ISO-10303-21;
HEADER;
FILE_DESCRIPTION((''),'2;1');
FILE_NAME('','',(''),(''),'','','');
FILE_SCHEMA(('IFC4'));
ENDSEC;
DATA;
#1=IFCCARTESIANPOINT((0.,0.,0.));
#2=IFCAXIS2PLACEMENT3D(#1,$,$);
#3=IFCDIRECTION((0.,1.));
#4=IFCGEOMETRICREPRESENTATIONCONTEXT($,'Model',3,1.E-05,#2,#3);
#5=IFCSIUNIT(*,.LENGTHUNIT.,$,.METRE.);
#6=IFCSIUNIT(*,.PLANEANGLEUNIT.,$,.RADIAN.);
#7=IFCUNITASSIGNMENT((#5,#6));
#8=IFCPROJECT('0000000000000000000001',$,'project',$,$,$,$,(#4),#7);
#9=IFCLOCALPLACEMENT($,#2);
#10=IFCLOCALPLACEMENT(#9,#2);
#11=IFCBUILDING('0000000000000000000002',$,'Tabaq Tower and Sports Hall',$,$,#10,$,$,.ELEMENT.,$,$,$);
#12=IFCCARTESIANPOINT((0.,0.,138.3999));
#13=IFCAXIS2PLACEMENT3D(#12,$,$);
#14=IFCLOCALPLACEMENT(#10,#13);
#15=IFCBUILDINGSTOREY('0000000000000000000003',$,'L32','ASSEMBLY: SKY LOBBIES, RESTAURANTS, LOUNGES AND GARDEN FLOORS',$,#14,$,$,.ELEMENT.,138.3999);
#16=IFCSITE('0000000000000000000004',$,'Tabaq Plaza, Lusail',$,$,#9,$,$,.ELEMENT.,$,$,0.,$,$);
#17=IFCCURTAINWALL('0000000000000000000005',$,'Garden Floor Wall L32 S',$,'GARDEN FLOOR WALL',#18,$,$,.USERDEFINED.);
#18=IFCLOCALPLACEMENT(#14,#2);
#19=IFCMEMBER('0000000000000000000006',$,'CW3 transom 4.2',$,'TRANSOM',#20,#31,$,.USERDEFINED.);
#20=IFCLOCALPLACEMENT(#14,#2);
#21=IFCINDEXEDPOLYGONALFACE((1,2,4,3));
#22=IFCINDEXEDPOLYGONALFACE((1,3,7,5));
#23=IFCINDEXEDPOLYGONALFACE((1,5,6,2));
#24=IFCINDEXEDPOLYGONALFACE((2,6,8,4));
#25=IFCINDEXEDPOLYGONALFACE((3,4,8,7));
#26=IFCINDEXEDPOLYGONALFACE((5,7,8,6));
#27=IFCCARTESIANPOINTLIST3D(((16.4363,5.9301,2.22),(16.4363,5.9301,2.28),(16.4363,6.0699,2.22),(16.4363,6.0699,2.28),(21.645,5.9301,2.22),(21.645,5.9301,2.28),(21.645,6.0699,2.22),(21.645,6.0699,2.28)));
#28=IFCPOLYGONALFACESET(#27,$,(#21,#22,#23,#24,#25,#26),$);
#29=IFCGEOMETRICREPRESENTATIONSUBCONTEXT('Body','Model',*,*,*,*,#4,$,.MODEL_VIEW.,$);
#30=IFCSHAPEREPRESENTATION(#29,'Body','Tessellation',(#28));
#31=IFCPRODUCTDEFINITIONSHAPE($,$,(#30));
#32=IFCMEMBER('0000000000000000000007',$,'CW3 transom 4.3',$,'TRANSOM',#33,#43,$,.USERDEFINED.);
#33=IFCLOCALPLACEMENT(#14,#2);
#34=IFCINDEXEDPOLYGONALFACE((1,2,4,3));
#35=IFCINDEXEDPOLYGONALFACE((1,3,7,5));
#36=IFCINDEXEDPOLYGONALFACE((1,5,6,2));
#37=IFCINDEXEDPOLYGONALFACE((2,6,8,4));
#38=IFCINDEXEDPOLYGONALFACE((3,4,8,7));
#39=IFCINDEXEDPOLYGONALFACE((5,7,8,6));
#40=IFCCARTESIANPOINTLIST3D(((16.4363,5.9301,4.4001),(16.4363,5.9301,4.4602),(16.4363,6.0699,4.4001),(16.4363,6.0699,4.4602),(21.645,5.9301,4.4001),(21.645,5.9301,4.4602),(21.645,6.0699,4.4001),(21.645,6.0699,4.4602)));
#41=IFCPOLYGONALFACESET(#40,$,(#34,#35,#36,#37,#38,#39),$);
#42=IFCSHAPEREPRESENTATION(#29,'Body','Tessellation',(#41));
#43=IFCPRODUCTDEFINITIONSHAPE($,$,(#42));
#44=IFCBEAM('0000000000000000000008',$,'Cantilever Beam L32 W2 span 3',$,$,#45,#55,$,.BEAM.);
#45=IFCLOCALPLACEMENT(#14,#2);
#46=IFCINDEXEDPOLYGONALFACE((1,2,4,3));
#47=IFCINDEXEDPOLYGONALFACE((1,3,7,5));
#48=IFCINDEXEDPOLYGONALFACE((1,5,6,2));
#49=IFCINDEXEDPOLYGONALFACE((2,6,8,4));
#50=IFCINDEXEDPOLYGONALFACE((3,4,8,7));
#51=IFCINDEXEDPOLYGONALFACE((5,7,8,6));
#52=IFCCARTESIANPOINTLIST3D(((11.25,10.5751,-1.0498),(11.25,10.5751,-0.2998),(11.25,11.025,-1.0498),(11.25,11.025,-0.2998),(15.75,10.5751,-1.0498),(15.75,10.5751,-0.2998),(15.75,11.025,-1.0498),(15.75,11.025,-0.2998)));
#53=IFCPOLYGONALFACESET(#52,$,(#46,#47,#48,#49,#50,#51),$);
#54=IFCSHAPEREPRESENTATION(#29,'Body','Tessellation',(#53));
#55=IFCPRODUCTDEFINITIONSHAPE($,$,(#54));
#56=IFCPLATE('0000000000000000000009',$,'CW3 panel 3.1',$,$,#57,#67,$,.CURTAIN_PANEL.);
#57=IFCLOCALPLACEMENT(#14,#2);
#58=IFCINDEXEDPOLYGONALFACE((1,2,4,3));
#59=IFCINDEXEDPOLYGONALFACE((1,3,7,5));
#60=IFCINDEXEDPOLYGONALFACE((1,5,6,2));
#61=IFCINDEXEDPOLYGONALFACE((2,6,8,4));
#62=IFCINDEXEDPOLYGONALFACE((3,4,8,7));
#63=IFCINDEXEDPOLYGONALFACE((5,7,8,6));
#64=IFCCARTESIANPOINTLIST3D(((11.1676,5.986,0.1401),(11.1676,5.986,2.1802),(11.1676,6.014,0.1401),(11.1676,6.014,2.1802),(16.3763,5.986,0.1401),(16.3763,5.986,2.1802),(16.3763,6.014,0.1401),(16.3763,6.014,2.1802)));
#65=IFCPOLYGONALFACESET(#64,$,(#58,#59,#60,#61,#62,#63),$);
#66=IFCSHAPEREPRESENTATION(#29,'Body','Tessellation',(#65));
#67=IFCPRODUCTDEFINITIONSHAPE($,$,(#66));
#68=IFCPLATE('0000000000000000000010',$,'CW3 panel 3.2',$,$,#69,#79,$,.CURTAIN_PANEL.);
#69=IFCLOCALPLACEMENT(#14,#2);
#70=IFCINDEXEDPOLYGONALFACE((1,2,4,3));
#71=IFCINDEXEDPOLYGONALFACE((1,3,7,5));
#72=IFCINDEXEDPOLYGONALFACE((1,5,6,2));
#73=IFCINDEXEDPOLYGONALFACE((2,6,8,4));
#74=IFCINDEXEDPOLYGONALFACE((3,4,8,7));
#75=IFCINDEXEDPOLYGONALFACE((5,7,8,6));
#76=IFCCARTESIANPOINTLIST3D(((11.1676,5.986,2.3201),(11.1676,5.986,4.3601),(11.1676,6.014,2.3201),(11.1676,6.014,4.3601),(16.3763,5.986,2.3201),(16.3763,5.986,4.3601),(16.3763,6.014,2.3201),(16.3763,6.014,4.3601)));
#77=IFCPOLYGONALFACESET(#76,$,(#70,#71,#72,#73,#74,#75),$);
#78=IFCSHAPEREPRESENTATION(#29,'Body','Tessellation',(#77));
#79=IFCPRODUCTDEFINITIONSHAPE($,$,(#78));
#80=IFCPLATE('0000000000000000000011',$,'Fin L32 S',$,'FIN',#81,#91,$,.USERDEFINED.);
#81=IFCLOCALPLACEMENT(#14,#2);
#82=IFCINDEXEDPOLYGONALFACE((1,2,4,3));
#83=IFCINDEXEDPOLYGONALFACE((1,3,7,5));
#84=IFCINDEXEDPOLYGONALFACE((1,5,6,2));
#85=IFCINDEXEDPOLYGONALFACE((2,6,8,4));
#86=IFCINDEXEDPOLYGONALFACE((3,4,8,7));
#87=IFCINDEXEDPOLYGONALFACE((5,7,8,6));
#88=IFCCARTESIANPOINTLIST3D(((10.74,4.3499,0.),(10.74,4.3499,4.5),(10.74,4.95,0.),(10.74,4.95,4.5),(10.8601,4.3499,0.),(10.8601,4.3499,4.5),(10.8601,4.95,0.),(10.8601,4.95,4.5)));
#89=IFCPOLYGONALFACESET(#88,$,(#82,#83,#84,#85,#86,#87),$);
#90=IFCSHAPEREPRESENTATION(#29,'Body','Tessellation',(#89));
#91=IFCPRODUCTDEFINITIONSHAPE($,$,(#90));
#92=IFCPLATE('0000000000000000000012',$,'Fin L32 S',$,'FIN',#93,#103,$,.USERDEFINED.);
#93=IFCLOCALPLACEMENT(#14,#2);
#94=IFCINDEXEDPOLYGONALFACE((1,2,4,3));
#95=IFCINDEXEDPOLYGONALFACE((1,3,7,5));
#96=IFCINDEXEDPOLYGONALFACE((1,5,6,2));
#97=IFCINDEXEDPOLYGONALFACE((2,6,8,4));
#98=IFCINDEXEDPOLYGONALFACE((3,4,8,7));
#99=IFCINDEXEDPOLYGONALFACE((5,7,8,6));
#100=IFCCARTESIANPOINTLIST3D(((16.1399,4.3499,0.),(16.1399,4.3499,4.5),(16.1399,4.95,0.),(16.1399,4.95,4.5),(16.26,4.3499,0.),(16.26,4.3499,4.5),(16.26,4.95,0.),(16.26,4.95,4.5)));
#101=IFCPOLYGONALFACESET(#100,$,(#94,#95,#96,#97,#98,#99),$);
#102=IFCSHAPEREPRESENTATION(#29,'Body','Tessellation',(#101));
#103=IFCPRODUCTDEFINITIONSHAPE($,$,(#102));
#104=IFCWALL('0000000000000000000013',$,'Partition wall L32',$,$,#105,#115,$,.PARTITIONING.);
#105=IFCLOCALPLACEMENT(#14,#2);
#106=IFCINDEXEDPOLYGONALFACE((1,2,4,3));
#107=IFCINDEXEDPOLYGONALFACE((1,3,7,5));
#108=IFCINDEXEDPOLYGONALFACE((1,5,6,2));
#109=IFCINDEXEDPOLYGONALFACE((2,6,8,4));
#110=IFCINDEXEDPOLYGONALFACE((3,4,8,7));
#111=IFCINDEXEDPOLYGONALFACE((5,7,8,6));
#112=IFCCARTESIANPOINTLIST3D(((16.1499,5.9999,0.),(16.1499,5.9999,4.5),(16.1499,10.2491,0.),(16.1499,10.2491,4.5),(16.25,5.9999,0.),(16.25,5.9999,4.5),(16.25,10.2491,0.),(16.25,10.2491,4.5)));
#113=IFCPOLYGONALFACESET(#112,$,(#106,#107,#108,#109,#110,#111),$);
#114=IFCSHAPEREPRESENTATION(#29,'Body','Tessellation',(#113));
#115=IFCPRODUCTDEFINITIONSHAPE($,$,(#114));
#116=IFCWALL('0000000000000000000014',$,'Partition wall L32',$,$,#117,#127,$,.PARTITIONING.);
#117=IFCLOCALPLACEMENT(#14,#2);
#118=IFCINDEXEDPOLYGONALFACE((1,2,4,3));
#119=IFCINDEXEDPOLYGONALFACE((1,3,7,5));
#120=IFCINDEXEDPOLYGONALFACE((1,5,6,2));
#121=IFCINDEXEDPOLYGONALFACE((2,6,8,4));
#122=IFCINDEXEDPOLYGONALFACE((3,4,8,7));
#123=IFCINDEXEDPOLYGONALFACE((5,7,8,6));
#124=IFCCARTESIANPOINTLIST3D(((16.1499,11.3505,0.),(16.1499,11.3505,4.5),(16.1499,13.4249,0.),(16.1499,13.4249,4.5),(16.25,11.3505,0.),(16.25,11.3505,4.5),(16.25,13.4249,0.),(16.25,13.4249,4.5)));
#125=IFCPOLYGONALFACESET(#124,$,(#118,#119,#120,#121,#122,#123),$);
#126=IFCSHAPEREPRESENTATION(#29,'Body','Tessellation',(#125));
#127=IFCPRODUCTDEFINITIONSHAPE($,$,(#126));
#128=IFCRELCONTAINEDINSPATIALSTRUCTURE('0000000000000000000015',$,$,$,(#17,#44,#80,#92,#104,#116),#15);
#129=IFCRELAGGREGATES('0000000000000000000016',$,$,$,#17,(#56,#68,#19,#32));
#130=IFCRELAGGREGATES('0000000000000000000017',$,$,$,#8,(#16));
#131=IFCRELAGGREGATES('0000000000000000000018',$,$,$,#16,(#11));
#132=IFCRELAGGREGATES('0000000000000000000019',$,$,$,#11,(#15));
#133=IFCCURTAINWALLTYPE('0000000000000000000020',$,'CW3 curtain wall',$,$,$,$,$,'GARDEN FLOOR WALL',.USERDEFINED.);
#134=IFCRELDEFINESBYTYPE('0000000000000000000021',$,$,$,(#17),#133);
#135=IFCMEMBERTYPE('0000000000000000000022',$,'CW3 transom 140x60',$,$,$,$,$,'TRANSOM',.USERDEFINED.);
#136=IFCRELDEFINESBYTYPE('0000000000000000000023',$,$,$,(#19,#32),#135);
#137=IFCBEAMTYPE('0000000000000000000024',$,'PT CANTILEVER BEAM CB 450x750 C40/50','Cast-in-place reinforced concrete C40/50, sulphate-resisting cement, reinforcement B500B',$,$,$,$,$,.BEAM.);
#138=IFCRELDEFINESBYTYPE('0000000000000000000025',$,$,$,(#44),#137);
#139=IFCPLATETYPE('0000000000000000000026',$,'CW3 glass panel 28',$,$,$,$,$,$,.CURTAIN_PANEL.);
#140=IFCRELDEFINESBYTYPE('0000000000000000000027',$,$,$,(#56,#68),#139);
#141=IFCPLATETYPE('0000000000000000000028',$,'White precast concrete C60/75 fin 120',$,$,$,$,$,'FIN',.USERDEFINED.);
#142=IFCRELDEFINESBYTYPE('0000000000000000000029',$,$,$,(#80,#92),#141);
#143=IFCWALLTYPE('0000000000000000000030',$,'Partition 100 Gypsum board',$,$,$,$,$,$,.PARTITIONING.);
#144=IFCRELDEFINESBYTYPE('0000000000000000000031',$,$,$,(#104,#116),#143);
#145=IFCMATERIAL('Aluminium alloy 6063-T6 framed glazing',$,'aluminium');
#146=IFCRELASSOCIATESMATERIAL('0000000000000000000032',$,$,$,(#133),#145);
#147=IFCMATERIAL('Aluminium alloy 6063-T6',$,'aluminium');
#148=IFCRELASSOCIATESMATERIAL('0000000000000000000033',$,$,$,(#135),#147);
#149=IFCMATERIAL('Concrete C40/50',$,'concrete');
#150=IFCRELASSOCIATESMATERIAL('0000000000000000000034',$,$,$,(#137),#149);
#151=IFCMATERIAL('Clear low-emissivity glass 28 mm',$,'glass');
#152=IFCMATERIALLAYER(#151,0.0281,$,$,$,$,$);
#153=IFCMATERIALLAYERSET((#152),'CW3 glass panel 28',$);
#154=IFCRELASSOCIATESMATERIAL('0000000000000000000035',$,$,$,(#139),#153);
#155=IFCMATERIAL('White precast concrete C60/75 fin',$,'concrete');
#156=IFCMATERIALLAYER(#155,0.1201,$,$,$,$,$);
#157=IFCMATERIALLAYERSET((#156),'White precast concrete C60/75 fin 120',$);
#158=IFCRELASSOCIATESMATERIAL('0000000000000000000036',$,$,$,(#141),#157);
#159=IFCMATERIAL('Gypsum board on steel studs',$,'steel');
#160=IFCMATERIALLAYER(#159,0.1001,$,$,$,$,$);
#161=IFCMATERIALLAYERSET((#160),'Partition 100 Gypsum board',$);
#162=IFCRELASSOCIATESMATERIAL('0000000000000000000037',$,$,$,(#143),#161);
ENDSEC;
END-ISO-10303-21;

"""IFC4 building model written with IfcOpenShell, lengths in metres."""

from ifc_helpers import new_model, si_unit, direction, frame, frame_2d, origin, origin_2d, place, context, subcontext, project, spatial, rectangle, extrude, material, layer, layer_set, material_profile, profile_set, type_object, element, aggregate, save


model = new_model("IFC4")

# Units and contexts
model_context = context("Model", 3, precision=1e-05, world=origin(), true_north=direction((0.0, 1.0)))
body_context = subcontext(model_context, "Body", "Model", "MODEL_VIEW")
ifc_project = project(units=[si_unit("LENGTHUNIT", "METRE"), si_unit("PLANEANGLEUNIT", "RADIAN")], contexts=[model_context])

# Site, building, storey
site_placement = place(None, origin())
site = spatial("IfcSite", under=ifc_project, at=site_placement, Name="Tabaq Plaza, Lusail", CompositionType="ELEMENT", RefElevation=0.0)
building_placement = place(site_placement, origin())
building = spatial("IfcBuilding", under=site, at=building_placement, Name="Tabaq Tower and Sports Hall", CompositionType="ELEMENT")
storey_placement = place(building_placement, frame((0.0, 0.0, 138.3999)))
storey = spatial("IfcBuildingStorey", under=building, at=storey_placement, Name="L32", Description="ASSEMBLY: SKY LOBBIES, RESTAURANTS, LOUNGES AND GARDEN FLOORS", CompositionType="ELEMENT", Elevation=138.3999)

# Curtain wall, members
ifc_material_1 = material(Name="Aluminium alloy 6063-T6 framed glazing", Category="aluminium")
curtain_wall_type_1 = type_object("IfcCurtainWallType", Name="CW3 curtain wall", ElementType="GARDEN FLOOR WALL", PredefinedType="USERDEFINED", material=ifc_material_1)
curtain_wall_1_placement = place(storey_placement, origin())
curtain_wall_1 = element("IfcCurtainWall", 1, at=curtain_wall_1_placement, inside=storey, type_object=curtain_wall_type_1, Name="Garden Floor Wall L32 S", ObjectType="GARDEN FLOOR WALL", PredefinedType="USERDEFINED")
ifc_material_2 = material(Name="Aluminium alloy 6063-T6", Category="aluminium")
ifc_material_profile_1 = material_profile(ifc_material_2, rectangle(XDim=0.1399, YDim=0.0601, at=origin_2d()), Name="TRANSOM 140x60")
ifc_profile_set_1 = profile_set([ifc_material_profile_1], Name="Aluminium alloy 6063-T6")
member_type_1 = type_object("IfcMemberType", Name="CW3 transom 140x60", ElementType="TRANSOM", PredefinedType="USERDEFINED", material=ifc_profile_set_1)
member_1_placement = place(storey_placement, frame((16.4363, 6.0, 2.25), z_axis=(1.0, 0.0, 0.0), x_axis=(0.0, 1.0, 0.0)))
member_1 = element("IfcMember", 2, at=member_1_placement, type_object=member_type_1, Name="CW3 transom 4.2", ObjectType="TRANSOM", PredefinedType="USERDEFINED", context=body_context, shape_type="SweptSolid", body=[
    extrude(rectangle(XDim=0.1399, YDim=0.0601, at=origin_2d()), origin(), (0.0, 0.0, 1.0), 5.2087),
])
member_2_placement = place(storey_placement, frame((16.4363, 6.0, 4.4302), z_axis=(1.0, 0.0, 0.0), x_axis=(0.0, 1.0, 0.0)))
member_2 = element("IfcMember", 3, at=member_2_placement, type_object=member_type_1, Name="CW3 transom 4.3", ObjectType="TRANSOM", PredefinedType="USERDEFINED", context=body_context, shape_type="SweptSolid", body=[
    extrude(rectangle(XDim=0.1399, YDim=0.0601, at=origin_2d()), origin(), (0.0, 0.0, 1.0), 5.2087),
])

# Beam
ifc_material_3 = material(Name="Concrete C40/50", Category="concrete")
ifc_material_profile_2 = material_profile(ifc_material_3, rectangle(XDim=0.45, YDim=0.75, at=origin_2d()), Name="CB 450x750")
ifc_profile_set_2 = profile_set([ifc_material_profile_2], Name="Concrete C40/50")
beam_type = type_object("IfcBeamType", Name="PT CANTILEVER BEAM CB 450x750 C40/50", Description="Cast-in-place reinforced concrete C40/50, sulphate-resisting cement, reinforcement B500B", PredefinedType="BEAM", material=ifc_profile_set_2)
beam_placement = place(storey_placement, frame((11.25, 10.8, -0.6748), z_axis=(1.0, 0.0, 0.0), x_axis=(0.0, 1.0, 0.0)))
element("IfcBeam", 4, at=beam_placement, inside=storey, type_object=beam_type, Name="Cantilever Beam L32 W2 span 3", PredefinedType="BEAM", context=body_context, shape_type="SweptSolid", body=[
    extrude(rectangle(XDim=0.45, YDim=0.75, at=origin_2d()), origin(), (0.0, 0.0, 1.0), 4.5),
])

# Plates
ifc_material_4 = material(Name="Clear low-emissivity glass 28 mm", Category="glass")
ifc_layer_1 = layer(ifc_material_4, 0.0281)
ifc_layer_set_1 = layer_set([ifc_layer_1], Name="CW3 glass panel 28")
plate_type_1 = type_object("IfcPlateType", Name="CW3 glass panel 28", PredefinedType="CURTAIN_PANEL", material=ifc_layer_set_1)
plate_1_placement = place(storey_placement, frame((13.772, 6.0, 0.1401), z_axis=(0.0, 0.0, 1.0), x_axis=(1.0, 0.0, 0.0)))
plate_1 = element("IfcPlate", 5, at=plate_1_placement, type_object=plate_type_1, Name="CW3 panel 3.1", PredefinedType="CURTAIN_PANEL", context=body_context, shape_type="SweptSolid", body=[
    extrude(rectangle(XDim=5.2087, YDim=0.0281, at=origin_2d()), origin(), (0.0, 0.0, 1.0), 2.04),
])
plate_2_placement = place(storey_placement, frame((13.772, 6.0, 2.3201), z_axis=(0.0, 0.0, 1.0), x_axis=(1.0, 0.0, 0.0)))
plate_2 = element("IfcPlate", 6, at=plate_2_placement, type_object=plate_type_1, Name="CW3 panel 3.2", PredefinedType="CURTAIN_PANEL", context=body_context, shape_type="SweptSolid", body=[
    extrude(rectangle(XDim=5.2087, YDim=0.0281, at=origin_2d()), origin(), (0.0, 0.0, 1.0), 2.04),
])
aggregate(curtain_wall_1, [plate_1, plate_2, member_1, member_2])

# Plates
ifc_material_5 = material(Name="White precast concrete C60/75 fin", Category="concrete")
ifc_layer_2 = layer(ifc_material_5, 0.1201)
ifc_layer_set_2 = layer_set([ifc_layer_2], Name="White precast concrete C60/75 fin 120")
plate_type_2 = type_object("IfcPlateType", Name="White precast concrete C60/75 fin 120", ElementType="FIN", PredefinedType="USERDEFINED", material=ifc_layer_set_2)
for number, where, z_axis, x_axis, name in (
    (7, (10.8, 4.6499, 0.0), (0.0, 0.0, 1.0), (1.0, 0.0, 0.0), "Fin L32 S"),
    (8, (16.2, 4.6499, 0.0), (0.0, 0.0, 1.0), (1.0, 0.0, 0.0), "Fin L32 S"),
):
    element("IfcPlate", number, at=place(storey_placement, frame(where, z_axis=z_axis, x_axis=x_axis)), inside=storey, type_object=plate_type_2, Name=name, ObjectType="FIN", PredefinedType="USERDEFINED", context=body_context, shape_type="SweptSolid", body=[
        extrude(rectangle(XDim=0.1201, YDim=0.6001, at=origin_2d()), origin(), (0.0, 0.0, 1.0), 4.5),
    ])

# Walls
ifc_material_6 = material(Name="Gypsum board on steel studs", Category="steel")
ifc_layer_3 = layer(ifc_material_6, 0.1001)
ifc_layer_set_3 = layer_set([ifc_layer_3], Name="Partition 100 Gypsum board")
wall_type_1 = type_object("IfcWallType", Name="Partition 100 Gypsum board", PredefinedType="PARTITIONING", material=ifc_layer_set_3)
wall_1_placement = place(storey_placement, frame((16.2, 6.0, 0.0), z_axis=(0.0, 0.0, 1.0), x_axis=(0.0, 1.0, 0.0)))
element("IfcWall", 9, at=wall_1_placement, inside=storey, type_object=wall_type_1, Name="Partition wall L32", PredefinedType="PARTITIONING", context=body_context, shape_type="SweptSolid", body=[
    extrude(rectangle(XDim=4.2493, YDim=0.1001, at=frame_2d((2.1245, 0.0))), origin(), (0.0, 0.0, 1.0), 4.5),
])
wall_2_placement = place(storey_placement, frame((16.2, 11.3506, 0.0), z_axis=(0.0, 0.0, 1.0), x_axis=(0.0, 1.0, 0.0)))
element("IfcWall", 10, at=wall_2_placement, inside=storey, type_object=wall_type_1, Name="Partition wall L32", PredefinedType="PARTITIONING", context=body_context, shape_type="SweptSolid", body=[
    extrude(rectangle(XDim=2.0745, YDim=0.1001, at=frame_2d((1.0371, 0.0))), origin(), (0.0, 0.0, 1.0), 4.5),
])

save(model, "model.ifc")
